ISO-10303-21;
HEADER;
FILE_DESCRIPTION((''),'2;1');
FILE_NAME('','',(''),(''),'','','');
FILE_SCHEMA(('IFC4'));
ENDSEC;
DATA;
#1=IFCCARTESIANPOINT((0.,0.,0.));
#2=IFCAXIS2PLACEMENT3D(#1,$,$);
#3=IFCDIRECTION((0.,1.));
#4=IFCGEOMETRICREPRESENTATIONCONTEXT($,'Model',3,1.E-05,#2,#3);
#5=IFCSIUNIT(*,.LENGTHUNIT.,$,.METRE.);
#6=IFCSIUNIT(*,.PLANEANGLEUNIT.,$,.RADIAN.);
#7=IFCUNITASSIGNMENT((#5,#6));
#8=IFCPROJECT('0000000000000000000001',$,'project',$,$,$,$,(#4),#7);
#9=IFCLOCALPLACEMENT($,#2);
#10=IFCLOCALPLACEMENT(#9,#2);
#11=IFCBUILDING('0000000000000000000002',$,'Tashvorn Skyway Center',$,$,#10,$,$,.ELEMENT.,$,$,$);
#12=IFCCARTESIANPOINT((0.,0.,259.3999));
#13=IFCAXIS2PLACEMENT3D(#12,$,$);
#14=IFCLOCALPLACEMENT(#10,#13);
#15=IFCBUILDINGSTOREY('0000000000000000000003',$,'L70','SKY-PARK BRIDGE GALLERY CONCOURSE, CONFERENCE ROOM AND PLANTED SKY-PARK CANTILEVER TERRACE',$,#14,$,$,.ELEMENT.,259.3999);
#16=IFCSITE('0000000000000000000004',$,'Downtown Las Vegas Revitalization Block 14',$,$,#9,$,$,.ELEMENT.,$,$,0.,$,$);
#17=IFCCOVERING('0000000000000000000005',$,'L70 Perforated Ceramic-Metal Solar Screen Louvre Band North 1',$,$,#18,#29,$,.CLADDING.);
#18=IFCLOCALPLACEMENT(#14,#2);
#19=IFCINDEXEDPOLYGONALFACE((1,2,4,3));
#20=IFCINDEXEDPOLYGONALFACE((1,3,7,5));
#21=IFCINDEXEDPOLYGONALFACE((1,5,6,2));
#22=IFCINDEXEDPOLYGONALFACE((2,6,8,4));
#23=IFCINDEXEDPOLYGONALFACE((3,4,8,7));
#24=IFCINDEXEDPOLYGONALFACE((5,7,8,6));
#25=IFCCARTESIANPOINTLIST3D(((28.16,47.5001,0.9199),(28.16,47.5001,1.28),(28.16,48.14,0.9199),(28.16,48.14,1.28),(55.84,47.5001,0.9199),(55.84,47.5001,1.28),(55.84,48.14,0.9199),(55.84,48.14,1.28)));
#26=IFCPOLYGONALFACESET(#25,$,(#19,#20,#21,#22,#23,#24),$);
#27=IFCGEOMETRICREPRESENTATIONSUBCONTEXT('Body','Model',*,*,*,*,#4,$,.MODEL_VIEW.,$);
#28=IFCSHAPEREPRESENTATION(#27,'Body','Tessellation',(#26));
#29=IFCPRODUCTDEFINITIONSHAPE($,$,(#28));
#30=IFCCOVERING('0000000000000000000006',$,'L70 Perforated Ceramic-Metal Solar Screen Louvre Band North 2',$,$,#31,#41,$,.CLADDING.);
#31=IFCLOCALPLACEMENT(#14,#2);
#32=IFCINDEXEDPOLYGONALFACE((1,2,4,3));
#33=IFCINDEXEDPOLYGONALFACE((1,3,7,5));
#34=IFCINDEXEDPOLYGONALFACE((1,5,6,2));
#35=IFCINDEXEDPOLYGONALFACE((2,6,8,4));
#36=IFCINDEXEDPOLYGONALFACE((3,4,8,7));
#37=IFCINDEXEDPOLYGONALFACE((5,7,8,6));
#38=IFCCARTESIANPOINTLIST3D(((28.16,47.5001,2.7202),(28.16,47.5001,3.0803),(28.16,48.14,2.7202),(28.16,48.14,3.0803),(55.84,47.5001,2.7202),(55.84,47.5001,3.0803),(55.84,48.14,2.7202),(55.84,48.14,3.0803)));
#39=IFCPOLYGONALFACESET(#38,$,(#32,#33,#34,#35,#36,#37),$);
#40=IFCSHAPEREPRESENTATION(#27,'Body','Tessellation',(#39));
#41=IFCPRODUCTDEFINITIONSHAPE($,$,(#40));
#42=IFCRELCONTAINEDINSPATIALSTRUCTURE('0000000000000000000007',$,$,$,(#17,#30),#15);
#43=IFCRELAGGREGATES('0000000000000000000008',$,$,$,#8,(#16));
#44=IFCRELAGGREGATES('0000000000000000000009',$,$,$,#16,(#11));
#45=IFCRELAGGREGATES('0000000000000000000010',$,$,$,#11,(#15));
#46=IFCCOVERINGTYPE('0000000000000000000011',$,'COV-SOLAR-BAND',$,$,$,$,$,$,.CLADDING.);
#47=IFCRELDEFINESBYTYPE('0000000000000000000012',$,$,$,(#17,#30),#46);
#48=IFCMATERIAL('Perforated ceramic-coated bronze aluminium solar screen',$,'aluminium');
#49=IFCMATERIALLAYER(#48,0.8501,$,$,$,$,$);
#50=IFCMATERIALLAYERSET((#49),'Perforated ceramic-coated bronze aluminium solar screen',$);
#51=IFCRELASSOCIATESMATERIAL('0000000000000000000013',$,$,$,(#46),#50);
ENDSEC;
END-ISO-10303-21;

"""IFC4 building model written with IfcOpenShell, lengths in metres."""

from ifc_helpers import new_model, si_unit, direction, frame, origin, origin_2d, place, context, subcontext, project, spatial, rectangle, extrude, material, layer, layer_set, type_object, element, save


model = new_model("IFC4")

# Units and contexts
model_context = context("Model", 3, precision=1e-05, world=origin(), true_north=direction((0.0, 1.0)))
body_context = subcontext(model_context, "Body", "Model", "MODEL_VIEW")
ifc_project = project(units=[si_unit("LENGTHUNIT", "METRE"), si_unit("PLANEANGLEUNIT", "RADIAN")], contexts=[model_context])

# Site, building, storey
site_placement = place(None, origin())
site = spatial("IfcSite", under=ifc_project, at=site_placement, Name="Downtown Las Vegas Revitalization Block 14", CompositionType="ELEMENT", RefElevation=0.0)
building_placement = place(site_placement, origin())
building = spatial("IfcBuilding", under=site, at=building_placement, Name="Tashvorn Skyway Center", CompositionType="ELEMENT")
storey_placement = place(building_placement, frame((0.0, 0.0, 259.3999)))
storey = spatial("IfcBuildingStorey", under=building, at=storey_placement, Name="L70", Description="SKY-PARK BRIDGE GALLERY CONCOURSE, CONFERENCE ROOM AND PLANTED SKY-PARK CANTILEVER TERRACE", CompositionType="ELEMENT", Elevation=259.3999)

# Coverings
ifc_material_1 = material(Name="Perforated ceramic-coated bronze aluminium solar screen", Category="aluminium")
ifc_layer_1 = layer(ifc_material_1, 0.8501)
ifc_layer_set_1 = layer_set([ifc_layer_1], Name="Perforated ceramic-coated bronze aluminium solar screen")
covering_type = type_object("IfcCoveringType", Name="COV-SOLAR-BAND", PredefinedType="CLADDING", material=ifc_layer_set_1)
for number, where, z_axis, x_axis, name in (
    (1, (42.0, 47.8201, 0.9199), (0.0, 0.0, 1.0), (1.0, 0.0, 0.0), "L70 Perforated Ceramic-Metal Solar Screen Louvre Band North 1"),
    (2, (42.0, 47.8201, 2.7202), (0.0, 0.0, 1.0), (1.0, 0.0, 0.0), "L70 Perforated Ceramic-Metal Solar Screen Louvre Band North 2"),
):
    element("IfcCovering", number, at=place(storey_placement, frame(where, z_axis=z_axis, x_axis=x_axis)), inside=storey, type_object=covering_type, Name=name, PredefinedType="CLADDING", context=body_context, shape_type="SweptSolid", body=[
        extrude(rectangle(XDim=27.6799, YDim=0.6399, at=origin_2d()), origin(), (0.0, 0.0, 1.0), 0.3601),
    ])

save(model, "model.ifc")
